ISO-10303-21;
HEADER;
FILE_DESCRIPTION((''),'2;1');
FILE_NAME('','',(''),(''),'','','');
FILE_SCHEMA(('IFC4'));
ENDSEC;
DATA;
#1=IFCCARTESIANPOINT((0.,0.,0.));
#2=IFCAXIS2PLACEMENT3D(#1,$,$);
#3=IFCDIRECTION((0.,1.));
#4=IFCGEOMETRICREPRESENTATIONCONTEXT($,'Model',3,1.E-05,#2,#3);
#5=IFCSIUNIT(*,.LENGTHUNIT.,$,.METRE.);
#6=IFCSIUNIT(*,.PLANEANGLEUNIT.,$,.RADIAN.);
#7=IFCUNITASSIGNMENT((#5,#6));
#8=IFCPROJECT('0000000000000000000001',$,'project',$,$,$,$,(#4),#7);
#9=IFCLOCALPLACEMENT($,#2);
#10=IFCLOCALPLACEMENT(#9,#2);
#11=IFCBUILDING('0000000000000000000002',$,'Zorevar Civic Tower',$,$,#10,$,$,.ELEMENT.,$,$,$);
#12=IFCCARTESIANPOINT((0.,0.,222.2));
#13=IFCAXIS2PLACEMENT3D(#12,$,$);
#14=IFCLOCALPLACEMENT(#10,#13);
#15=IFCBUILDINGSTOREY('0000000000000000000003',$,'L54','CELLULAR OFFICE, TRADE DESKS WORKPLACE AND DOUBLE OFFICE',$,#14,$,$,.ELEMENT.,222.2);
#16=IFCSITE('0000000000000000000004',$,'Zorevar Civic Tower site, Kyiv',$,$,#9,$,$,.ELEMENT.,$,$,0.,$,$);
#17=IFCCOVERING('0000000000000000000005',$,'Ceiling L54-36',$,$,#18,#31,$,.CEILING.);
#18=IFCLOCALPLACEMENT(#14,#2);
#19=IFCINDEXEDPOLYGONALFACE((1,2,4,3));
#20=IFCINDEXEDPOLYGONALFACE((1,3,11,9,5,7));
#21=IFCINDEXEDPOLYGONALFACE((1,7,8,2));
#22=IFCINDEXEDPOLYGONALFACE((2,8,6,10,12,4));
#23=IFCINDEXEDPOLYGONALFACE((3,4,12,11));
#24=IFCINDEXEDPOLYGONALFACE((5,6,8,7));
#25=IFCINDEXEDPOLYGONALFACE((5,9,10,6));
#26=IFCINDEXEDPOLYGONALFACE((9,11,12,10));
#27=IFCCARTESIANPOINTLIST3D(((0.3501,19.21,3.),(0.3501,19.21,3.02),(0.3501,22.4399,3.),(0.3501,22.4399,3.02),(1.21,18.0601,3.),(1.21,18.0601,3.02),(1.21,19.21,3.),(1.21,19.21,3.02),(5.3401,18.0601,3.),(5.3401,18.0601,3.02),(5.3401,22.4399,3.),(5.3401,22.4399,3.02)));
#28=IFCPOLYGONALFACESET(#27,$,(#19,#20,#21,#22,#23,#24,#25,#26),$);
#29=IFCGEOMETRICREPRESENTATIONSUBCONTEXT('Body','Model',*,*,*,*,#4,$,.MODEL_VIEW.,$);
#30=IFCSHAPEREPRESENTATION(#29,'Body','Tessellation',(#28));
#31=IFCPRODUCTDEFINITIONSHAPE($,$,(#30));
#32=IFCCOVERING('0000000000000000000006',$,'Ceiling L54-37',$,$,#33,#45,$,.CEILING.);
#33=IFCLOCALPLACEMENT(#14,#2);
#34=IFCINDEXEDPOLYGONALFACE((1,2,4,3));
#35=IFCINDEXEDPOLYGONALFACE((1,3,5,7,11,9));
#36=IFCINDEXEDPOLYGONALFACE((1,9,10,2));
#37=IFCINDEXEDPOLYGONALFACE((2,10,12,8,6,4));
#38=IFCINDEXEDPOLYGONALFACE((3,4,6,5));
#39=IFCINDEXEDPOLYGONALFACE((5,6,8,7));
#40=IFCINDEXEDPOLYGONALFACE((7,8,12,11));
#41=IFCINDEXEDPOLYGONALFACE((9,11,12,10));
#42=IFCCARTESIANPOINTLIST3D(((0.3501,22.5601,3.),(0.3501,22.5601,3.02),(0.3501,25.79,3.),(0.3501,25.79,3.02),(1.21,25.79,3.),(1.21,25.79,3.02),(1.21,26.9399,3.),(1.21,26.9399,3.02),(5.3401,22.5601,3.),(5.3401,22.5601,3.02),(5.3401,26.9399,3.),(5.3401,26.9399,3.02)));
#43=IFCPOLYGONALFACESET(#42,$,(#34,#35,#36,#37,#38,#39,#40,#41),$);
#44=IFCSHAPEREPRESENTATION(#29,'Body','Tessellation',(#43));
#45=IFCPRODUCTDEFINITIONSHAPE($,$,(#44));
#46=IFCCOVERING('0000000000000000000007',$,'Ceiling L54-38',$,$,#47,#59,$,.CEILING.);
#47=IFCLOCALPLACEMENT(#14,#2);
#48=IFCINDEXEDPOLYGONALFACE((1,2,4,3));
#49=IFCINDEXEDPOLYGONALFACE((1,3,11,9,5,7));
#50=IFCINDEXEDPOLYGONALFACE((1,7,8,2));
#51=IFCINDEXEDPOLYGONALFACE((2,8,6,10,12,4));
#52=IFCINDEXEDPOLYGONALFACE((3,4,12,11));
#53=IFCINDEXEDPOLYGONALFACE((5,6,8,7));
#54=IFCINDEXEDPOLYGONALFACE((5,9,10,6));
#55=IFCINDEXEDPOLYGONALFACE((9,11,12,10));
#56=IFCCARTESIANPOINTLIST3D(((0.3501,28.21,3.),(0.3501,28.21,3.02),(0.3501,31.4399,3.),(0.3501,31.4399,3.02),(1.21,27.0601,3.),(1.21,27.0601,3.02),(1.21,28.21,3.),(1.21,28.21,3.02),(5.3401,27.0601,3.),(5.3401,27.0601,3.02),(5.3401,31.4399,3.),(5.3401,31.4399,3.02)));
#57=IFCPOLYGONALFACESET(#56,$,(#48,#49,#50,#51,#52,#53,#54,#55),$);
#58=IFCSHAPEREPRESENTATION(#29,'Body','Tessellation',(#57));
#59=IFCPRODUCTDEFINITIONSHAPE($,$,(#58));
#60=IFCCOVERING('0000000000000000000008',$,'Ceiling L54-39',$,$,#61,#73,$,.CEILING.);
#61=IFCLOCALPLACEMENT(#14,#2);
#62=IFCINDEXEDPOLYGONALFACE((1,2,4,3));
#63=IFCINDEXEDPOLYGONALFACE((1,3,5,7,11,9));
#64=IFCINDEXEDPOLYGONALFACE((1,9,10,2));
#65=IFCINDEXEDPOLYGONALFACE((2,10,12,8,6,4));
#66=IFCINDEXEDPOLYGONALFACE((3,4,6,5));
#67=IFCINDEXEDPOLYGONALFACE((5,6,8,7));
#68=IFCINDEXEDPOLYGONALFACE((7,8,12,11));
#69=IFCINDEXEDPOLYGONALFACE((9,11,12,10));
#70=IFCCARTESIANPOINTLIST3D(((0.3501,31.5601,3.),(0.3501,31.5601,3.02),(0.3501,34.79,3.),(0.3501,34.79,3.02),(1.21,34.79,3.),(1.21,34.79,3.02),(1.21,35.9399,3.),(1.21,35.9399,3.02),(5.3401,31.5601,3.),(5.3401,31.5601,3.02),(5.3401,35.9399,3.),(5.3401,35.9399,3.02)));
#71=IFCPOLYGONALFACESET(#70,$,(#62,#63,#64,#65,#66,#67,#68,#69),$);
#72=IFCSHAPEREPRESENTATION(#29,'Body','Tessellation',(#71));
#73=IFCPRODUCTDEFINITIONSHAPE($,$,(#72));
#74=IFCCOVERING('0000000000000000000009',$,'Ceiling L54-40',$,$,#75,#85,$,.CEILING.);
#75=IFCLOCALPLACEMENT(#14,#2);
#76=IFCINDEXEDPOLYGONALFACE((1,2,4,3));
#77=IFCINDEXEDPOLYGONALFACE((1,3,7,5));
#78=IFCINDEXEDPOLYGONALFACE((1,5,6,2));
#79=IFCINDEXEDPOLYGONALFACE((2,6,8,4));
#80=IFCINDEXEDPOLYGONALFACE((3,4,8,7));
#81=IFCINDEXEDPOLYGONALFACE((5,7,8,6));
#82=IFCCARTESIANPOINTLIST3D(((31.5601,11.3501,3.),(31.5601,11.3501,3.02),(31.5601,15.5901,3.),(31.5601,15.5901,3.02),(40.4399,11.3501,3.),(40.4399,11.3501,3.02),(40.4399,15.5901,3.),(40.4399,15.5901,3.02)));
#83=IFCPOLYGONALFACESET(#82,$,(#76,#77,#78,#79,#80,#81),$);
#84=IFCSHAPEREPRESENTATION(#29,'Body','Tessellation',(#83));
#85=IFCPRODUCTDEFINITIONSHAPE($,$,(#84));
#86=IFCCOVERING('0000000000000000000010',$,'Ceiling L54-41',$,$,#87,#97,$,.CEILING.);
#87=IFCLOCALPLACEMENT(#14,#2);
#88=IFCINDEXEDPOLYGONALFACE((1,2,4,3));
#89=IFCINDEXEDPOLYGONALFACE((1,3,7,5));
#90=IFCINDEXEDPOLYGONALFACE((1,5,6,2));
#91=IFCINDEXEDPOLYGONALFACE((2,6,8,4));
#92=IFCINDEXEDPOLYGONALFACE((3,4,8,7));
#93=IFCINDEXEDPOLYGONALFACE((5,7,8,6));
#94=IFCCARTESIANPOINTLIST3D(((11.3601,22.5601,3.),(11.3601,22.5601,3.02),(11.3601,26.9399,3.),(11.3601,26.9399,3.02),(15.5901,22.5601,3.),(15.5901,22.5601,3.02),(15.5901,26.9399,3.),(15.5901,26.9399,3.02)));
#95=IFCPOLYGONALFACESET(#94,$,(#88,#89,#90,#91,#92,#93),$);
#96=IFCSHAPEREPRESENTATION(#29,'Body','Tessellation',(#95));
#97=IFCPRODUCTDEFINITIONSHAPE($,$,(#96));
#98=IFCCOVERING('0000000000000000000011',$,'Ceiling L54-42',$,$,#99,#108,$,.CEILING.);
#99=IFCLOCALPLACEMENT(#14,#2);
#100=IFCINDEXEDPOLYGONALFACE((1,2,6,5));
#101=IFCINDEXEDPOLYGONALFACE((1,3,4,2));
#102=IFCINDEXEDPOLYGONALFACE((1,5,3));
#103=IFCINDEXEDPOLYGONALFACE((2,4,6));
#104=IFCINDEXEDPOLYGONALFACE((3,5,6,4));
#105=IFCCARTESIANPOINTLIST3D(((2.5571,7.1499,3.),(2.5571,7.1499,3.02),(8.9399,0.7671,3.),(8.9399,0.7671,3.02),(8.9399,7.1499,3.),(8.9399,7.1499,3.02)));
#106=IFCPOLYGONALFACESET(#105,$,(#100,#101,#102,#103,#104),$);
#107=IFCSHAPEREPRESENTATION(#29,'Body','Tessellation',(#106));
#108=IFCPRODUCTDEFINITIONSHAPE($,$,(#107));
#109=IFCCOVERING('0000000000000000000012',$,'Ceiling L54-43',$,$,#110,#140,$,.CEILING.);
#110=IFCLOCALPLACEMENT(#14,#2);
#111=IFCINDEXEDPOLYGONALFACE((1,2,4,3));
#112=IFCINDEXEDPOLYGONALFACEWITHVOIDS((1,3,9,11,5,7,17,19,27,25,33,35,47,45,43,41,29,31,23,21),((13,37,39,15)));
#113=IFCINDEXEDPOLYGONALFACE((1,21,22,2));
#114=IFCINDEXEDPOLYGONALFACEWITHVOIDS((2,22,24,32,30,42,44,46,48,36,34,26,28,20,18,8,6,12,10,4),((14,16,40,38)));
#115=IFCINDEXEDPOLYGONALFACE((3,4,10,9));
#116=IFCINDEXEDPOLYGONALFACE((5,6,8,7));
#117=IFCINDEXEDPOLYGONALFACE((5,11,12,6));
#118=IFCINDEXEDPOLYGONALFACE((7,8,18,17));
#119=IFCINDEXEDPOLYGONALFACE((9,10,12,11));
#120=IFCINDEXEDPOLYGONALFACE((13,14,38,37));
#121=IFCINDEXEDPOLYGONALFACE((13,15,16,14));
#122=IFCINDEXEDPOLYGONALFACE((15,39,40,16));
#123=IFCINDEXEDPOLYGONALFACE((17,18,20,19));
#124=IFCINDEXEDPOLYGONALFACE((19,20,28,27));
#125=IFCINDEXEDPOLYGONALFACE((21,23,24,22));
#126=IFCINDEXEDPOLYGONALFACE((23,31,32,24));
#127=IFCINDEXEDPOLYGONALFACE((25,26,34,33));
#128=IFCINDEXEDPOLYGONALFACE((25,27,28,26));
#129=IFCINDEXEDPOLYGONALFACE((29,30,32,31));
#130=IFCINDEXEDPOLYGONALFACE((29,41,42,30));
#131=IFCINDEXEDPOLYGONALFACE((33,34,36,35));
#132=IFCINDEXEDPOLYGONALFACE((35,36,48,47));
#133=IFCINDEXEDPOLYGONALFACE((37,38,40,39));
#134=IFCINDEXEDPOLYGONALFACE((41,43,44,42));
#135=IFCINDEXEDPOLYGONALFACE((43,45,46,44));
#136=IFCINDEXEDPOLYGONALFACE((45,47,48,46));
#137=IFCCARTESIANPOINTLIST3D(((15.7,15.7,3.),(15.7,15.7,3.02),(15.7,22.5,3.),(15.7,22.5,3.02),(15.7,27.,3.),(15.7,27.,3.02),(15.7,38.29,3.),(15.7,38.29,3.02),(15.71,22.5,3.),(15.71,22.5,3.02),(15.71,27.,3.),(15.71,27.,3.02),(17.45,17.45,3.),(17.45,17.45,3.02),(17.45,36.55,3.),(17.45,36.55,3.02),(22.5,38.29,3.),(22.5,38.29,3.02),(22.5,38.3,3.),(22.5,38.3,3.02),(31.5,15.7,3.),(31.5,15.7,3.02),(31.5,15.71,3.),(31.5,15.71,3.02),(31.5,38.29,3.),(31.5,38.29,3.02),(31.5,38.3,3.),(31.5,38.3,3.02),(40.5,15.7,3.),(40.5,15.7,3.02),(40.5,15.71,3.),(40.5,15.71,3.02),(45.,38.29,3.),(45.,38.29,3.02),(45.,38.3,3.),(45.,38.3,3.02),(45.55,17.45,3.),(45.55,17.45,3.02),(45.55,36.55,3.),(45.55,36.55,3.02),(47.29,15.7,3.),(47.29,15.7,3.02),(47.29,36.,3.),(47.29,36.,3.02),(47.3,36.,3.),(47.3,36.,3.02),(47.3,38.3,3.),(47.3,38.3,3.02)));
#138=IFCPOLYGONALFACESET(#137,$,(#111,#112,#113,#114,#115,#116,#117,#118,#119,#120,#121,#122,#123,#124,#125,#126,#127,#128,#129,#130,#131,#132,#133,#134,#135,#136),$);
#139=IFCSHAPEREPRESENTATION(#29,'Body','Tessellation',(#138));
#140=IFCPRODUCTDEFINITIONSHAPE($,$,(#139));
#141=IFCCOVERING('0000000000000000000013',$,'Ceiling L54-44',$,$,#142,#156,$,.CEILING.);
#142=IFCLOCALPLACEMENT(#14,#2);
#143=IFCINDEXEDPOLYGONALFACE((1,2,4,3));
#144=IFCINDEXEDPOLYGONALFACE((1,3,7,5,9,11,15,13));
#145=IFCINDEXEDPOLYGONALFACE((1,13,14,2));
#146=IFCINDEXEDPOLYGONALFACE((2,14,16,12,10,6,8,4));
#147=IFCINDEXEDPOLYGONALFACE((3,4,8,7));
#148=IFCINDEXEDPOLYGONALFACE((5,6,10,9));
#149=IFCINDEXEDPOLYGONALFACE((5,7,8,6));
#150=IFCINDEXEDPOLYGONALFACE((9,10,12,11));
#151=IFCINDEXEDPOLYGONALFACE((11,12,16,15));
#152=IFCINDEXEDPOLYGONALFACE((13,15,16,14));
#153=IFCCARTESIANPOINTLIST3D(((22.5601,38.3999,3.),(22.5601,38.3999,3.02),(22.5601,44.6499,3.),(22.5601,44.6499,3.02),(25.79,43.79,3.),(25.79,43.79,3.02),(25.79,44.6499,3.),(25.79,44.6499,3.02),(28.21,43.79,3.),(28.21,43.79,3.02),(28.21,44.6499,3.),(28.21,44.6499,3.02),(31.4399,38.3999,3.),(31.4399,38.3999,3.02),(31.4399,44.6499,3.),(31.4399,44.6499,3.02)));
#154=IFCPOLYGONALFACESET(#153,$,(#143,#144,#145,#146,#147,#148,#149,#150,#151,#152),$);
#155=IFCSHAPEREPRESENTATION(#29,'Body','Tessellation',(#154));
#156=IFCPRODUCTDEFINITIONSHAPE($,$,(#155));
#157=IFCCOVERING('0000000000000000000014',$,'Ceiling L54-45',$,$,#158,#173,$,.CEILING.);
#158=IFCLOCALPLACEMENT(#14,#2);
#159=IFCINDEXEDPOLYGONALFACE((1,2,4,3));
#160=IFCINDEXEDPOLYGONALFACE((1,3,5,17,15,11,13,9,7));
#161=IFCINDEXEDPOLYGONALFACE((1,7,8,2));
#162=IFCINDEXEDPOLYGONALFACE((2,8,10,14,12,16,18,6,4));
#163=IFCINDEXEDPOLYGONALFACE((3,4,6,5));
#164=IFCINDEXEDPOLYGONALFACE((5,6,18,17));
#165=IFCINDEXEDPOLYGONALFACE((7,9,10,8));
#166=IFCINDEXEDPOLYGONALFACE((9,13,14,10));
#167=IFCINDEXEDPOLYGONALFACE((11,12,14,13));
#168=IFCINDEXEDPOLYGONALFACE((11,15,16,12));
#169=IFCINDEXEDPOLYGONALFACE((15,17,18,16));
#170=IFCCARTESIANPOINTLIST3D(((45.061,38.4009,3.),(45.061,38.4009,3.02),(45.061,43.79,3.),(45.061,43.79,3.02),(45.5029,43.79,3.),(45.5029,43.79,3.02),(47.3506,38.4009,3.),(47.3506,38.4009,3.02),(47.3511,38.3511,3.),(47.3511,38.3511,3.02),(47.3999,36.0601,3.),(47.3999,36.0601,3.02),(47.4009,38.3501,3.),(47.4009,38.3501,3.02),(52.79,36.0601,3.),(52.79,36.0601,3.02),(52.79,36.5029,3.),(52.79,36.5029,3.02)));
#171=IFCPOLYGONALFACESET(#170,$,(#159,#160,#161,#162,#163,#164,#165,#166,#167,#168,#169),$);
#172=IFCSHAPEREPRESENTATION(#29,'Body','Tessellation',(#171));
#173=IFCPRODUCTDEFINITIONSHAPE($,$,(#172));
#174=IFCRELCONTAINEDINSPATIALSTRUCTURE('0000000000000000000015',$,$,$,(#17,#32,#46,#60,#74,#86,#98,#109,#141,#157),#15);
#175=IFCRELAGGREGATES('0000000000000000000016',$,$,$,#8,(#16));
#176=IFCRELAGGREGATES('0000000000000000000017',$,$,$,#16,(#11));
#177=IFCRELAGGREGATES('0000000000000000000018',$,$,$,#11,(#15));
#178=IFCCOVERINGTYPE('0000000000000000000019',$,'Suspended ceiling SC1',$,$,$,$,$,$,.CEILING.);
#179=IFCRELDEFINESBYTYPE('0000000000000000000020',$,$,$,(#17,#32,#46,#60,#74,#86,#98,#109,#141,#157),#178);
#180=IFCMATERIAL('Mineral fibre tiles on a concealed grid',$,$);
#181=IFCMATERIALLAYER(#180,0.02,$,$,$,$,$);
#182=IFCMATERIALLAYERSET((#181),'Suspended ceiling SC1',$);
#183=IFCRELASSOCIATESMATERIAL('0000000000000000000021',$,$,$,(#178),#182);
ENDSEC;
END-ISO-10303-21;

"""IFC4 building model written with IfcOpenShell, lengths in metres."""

from ifc_helpers import new_model, si_unit, direction, frame, origin, place, context, subcontext, project, spatial, polyline, outline, extrude, material, layer, layer_set, type_object, element, save


model = new_model("IFC4")

# Units and contexts
model_context = context("Model", 3, precision=1e-05, world=origin(), true_north=direction((0.0, 1.0)))
body_context = subcontext(model_context, "Body", "Model", "MODEL_VIEW")
ifc_project = project(units=[si_unit("LENGTHUNIT", "METRE"), si_unit("PLANEANGLEUNIT", "RADIAN")], contexts=[model_context])

# Site, building, storey
site_placement = place(None, origin())
site = spatial("IfcSite", under=ifc_project, at=site_placement, Name="Zorevar Civic Tower site, Kyiv", CompositionType="ELEMENT", RefElevation=0.0)
building_placement = place(site_placement, origin())
building = spatial("IfcBuilding", under=site, at=building_placement, Name="Zorevar Civic Tower", CompositionType="ELEMENT")
storey_placement = place(building_placement, frame((0.0, 0.0, 222.2)))
storey = spatial("IfcBuildingStorey", under=building, at=storey_placement, Name="L54", Description="CELLULAR OFFICE, TRADE DESKS WORKPLACE AND DOUBLE OFFICE", CompositionType="ELEMENT", Elevation=222.2)

# Coverings
ifc_material_1 = material(Name="Mineral fibre tiles on a concealed grid")
ifc_layer_1 = layer(ifc_material_1, 0.02)
ifc_layer_set_1 = layer_set([ifc_layer_1], Name="Suspended ceiling SC1")
covering_type_1 = type_object("IfcCoveringType", Name="Suspended ceiling SC1", PredefinedType="CEILING", material=ifc_layer_set_1)
covering_1_placement = place(storey_placement, frame((0.0, 0.0, 3.0)))
element("IfcCovering", 1, at=covering_1_placement, inside=storey, type_object=covering_type_1, Name="Ceiling L54-36", PredefinedType="CEILING", context=body_context, shape_type="SweptSolid", body=[
    extrude(outline(polyline([(5.3401, 18.0601), (1.21, 18.0601), (1.21, 19.21), (0.3501, 19.21), (0.3501, 22.4399), (5.3401, 22.4399), (5.3401, 18.0601)])), origin(), (0.0, 0.0, 1.0), 0.02),
])
covering_2_placement = place(storey_placement, frame((0.0, 0.0, 3.0)))
element("IfcCovering", 2, at=covering_2_placement, inside=storey, type_object=covering_type_1, Name="Ceiling L54-37", PredefinedType="CEILING", context=body_context, shape_type="SweptSolid", body=[
    extrude(outline(polyline([(5.3401, 22.5601), (0.3501, 22.5601), (0.3501, 25.79), (1.21, 25.79), (1.21, 26.9399), (5.3401, 26.9399), (5.3401, 22.5601)])), origin(), (0.0, 0.0, 1.0), 0.02),
])
covering_3_placement = place(storey_placement, frame((0.0, 0.0, 3.0)))
element("IfcCovering", 3, at=covering_3_placement, inside=storey, type_object=covering_type_1, Name="Ceiling L54-38", PredefinedType="CEILING", context=body_context, shape_type="SweptSolid", body=[
    extrude(outline(polyline([(5.3401, 27.0601), (1.21, 27.0601), (1.21, 28.21), (0.3501, 28.21), (0.3501, 31.4399), (5.3401, 31.4399), (5.3401, 27.0601)])), origin(), (0.0, 0.0, 1.0), 0.02),
])
covering_4_placement = place(storey_placement, frame((0.0, 0.0, 3.0)))
element("IfcCovering", 4, at=covering_4_placement, inside=storey, type_object=covering_type_1, Name="Ceiling L54-39", PredefinedType="CEILING", context=body_context, shape_type="SweptSolid", body=[
    extrude(outline(polyline([(5.3401, 31.5601), (0.3501, 31.5601), (0.3501, 34.79), (1.21, 34.79), (1.21, 35.9399), (5.3401, 35.9399), (5.3401, 31.5601)])), origin(), (0.0, 0.0, 1.0), 0.02),
])
covering_5_placement = place(storey_placement, frame((0.0, 0.0, 3.0)))
element("IfcCovering", 5, at=covering_5_placement, inside=storey, type_object=covering_type_1, Name="Ceiling L54-40", PredefinedType="CEILING", context=body_context, shape_type="SweptSolid", body=[
    extrude(outline(polyline([(31.5601, 15.5901), (40.4399, 15.5901), (40.4399, 11.3501), (31.5601, 11.3501), (31.5601, 15.5901)])), origin(), (0.0, 0.0, 1.0), 0.02),
])
covering_6_placement = place(storey_placement, frame((0.0, 0.0, 3.0)))
element("IfcCovering", 6, at=covering_6_placement, inside=storey, type_object=covering_type_1, Name="Ceiling L54-41", PredefinedType="CEILING", context=body_context, shape_type="SweptSolid", body=[
    extrude(outline(polyline([(15.5901, 26.9399), (15.5901, 22.5601), (11.3601, 22.5601), (11.3601, 26.9399), (15.5901, 26.9399)])), origin(), (0.0, 0.0, 1.0), 0.02),
])
covering_7_placement = place(storey_placement, frame((0.0, 0.0, 3.0)))
element("IfcCovering", 7, at=covering_7_placement, inside=storey, type_object=covering_type_1, Name="Ceiling L54-42", PredefinedType="CEILING", context=body_context, shape_type="SweptSolid", body=[
    extrude(outline(polyline([(8.9399, 7.1499), (8.9399, 0.7671), (2.5571, 7.1499), (8.9399, 7.1499)])), origin(), (0.0, 0.0, 1.0), 0.02),
])
covering_8_placement = place(storey_placement, frame((0.0, 0.0, 3.0)))
element("IfcCovering", 8, at=covering_8_placement, inside=storey, type_object=covering_type_1, Name="Ceiling L54-43", PredefinedType="CEILING", context=body_context, shape_type="SweptSolid", body=[
    extrude(outline(polyline([(15.7, 15.7), (15.7, 22.5), (15.71, 22.5), (15.71, 27.0), (15.7, 27.0), (15.7, 38.29), (22.5, 38.29), (22.5, 38.3), (31.5, 38.3), (31.5, 38.29), (45.0, 38.29), (45.0, 38.3), (47.3, 38.3), (47.3, 36.0), (47.29, 36.0), (47.29, 15.7), (40.5, 15.7), (40.5, 15.71), (31.5, 15.71), (31.5, 15.7), (15.7, 15.7)]), holes=[polyline([(45.55, 17.45), (45.55, 36.55), (17.45, 36.55), (17.45, 17.45), (45.55, 17.45)])]), origin(), (0.0, 0.0, 1.0), 0.02),
])
covering_9_placement = place(storey_placement, frame((0.0, 0.0, 3.0)))
element("IfcCovering", 9, at=covering_9_placement, inside=storey, type_object=covering_type_1, Name="Ceiling L54-44", PredefinedType="CEILING", context=body_context, shape_type="SweptSolid", body=[
    extrude(outline(polyline([(22.5601, 44.6499), (25.79, 44.6499), (25.79, 43.79), (28.21, 43.79), (28.21, 44.6499), (31.4399, 44.6499), (31.4399, 38.3999), (22.5601, 38.3999), (22.5601, 44.6499)])), origin(), (0.0, 0.0, 1.0), 0.02),
])
covering_10_placement = place(storey_placement, frame((0.0, 0.0, 3.0)))
element("IfcCovering", 10, at=covering_10_placement, inside=storey, type_object=covering_type_1, Name="Ceiling L54-45", PredefinedType="CEILING", context=body_context, shape_type="SweptSolid", body=[
    extrude(outline(polyline([(47.3506, 38.4009), (45.061, 38.4009), (45.061, 43.79), (45.5029, 43.79), (52.79, 36.5029), (52.79, 36.0601), (47.3999, 36.0601), (47.4009, 38.3501), (47.3511, 38.3511), (47.3506, 38.4009)])), origin(), (0.0, 0.0, 1.0), 0.02),
])

save(model, "model.ifc")
